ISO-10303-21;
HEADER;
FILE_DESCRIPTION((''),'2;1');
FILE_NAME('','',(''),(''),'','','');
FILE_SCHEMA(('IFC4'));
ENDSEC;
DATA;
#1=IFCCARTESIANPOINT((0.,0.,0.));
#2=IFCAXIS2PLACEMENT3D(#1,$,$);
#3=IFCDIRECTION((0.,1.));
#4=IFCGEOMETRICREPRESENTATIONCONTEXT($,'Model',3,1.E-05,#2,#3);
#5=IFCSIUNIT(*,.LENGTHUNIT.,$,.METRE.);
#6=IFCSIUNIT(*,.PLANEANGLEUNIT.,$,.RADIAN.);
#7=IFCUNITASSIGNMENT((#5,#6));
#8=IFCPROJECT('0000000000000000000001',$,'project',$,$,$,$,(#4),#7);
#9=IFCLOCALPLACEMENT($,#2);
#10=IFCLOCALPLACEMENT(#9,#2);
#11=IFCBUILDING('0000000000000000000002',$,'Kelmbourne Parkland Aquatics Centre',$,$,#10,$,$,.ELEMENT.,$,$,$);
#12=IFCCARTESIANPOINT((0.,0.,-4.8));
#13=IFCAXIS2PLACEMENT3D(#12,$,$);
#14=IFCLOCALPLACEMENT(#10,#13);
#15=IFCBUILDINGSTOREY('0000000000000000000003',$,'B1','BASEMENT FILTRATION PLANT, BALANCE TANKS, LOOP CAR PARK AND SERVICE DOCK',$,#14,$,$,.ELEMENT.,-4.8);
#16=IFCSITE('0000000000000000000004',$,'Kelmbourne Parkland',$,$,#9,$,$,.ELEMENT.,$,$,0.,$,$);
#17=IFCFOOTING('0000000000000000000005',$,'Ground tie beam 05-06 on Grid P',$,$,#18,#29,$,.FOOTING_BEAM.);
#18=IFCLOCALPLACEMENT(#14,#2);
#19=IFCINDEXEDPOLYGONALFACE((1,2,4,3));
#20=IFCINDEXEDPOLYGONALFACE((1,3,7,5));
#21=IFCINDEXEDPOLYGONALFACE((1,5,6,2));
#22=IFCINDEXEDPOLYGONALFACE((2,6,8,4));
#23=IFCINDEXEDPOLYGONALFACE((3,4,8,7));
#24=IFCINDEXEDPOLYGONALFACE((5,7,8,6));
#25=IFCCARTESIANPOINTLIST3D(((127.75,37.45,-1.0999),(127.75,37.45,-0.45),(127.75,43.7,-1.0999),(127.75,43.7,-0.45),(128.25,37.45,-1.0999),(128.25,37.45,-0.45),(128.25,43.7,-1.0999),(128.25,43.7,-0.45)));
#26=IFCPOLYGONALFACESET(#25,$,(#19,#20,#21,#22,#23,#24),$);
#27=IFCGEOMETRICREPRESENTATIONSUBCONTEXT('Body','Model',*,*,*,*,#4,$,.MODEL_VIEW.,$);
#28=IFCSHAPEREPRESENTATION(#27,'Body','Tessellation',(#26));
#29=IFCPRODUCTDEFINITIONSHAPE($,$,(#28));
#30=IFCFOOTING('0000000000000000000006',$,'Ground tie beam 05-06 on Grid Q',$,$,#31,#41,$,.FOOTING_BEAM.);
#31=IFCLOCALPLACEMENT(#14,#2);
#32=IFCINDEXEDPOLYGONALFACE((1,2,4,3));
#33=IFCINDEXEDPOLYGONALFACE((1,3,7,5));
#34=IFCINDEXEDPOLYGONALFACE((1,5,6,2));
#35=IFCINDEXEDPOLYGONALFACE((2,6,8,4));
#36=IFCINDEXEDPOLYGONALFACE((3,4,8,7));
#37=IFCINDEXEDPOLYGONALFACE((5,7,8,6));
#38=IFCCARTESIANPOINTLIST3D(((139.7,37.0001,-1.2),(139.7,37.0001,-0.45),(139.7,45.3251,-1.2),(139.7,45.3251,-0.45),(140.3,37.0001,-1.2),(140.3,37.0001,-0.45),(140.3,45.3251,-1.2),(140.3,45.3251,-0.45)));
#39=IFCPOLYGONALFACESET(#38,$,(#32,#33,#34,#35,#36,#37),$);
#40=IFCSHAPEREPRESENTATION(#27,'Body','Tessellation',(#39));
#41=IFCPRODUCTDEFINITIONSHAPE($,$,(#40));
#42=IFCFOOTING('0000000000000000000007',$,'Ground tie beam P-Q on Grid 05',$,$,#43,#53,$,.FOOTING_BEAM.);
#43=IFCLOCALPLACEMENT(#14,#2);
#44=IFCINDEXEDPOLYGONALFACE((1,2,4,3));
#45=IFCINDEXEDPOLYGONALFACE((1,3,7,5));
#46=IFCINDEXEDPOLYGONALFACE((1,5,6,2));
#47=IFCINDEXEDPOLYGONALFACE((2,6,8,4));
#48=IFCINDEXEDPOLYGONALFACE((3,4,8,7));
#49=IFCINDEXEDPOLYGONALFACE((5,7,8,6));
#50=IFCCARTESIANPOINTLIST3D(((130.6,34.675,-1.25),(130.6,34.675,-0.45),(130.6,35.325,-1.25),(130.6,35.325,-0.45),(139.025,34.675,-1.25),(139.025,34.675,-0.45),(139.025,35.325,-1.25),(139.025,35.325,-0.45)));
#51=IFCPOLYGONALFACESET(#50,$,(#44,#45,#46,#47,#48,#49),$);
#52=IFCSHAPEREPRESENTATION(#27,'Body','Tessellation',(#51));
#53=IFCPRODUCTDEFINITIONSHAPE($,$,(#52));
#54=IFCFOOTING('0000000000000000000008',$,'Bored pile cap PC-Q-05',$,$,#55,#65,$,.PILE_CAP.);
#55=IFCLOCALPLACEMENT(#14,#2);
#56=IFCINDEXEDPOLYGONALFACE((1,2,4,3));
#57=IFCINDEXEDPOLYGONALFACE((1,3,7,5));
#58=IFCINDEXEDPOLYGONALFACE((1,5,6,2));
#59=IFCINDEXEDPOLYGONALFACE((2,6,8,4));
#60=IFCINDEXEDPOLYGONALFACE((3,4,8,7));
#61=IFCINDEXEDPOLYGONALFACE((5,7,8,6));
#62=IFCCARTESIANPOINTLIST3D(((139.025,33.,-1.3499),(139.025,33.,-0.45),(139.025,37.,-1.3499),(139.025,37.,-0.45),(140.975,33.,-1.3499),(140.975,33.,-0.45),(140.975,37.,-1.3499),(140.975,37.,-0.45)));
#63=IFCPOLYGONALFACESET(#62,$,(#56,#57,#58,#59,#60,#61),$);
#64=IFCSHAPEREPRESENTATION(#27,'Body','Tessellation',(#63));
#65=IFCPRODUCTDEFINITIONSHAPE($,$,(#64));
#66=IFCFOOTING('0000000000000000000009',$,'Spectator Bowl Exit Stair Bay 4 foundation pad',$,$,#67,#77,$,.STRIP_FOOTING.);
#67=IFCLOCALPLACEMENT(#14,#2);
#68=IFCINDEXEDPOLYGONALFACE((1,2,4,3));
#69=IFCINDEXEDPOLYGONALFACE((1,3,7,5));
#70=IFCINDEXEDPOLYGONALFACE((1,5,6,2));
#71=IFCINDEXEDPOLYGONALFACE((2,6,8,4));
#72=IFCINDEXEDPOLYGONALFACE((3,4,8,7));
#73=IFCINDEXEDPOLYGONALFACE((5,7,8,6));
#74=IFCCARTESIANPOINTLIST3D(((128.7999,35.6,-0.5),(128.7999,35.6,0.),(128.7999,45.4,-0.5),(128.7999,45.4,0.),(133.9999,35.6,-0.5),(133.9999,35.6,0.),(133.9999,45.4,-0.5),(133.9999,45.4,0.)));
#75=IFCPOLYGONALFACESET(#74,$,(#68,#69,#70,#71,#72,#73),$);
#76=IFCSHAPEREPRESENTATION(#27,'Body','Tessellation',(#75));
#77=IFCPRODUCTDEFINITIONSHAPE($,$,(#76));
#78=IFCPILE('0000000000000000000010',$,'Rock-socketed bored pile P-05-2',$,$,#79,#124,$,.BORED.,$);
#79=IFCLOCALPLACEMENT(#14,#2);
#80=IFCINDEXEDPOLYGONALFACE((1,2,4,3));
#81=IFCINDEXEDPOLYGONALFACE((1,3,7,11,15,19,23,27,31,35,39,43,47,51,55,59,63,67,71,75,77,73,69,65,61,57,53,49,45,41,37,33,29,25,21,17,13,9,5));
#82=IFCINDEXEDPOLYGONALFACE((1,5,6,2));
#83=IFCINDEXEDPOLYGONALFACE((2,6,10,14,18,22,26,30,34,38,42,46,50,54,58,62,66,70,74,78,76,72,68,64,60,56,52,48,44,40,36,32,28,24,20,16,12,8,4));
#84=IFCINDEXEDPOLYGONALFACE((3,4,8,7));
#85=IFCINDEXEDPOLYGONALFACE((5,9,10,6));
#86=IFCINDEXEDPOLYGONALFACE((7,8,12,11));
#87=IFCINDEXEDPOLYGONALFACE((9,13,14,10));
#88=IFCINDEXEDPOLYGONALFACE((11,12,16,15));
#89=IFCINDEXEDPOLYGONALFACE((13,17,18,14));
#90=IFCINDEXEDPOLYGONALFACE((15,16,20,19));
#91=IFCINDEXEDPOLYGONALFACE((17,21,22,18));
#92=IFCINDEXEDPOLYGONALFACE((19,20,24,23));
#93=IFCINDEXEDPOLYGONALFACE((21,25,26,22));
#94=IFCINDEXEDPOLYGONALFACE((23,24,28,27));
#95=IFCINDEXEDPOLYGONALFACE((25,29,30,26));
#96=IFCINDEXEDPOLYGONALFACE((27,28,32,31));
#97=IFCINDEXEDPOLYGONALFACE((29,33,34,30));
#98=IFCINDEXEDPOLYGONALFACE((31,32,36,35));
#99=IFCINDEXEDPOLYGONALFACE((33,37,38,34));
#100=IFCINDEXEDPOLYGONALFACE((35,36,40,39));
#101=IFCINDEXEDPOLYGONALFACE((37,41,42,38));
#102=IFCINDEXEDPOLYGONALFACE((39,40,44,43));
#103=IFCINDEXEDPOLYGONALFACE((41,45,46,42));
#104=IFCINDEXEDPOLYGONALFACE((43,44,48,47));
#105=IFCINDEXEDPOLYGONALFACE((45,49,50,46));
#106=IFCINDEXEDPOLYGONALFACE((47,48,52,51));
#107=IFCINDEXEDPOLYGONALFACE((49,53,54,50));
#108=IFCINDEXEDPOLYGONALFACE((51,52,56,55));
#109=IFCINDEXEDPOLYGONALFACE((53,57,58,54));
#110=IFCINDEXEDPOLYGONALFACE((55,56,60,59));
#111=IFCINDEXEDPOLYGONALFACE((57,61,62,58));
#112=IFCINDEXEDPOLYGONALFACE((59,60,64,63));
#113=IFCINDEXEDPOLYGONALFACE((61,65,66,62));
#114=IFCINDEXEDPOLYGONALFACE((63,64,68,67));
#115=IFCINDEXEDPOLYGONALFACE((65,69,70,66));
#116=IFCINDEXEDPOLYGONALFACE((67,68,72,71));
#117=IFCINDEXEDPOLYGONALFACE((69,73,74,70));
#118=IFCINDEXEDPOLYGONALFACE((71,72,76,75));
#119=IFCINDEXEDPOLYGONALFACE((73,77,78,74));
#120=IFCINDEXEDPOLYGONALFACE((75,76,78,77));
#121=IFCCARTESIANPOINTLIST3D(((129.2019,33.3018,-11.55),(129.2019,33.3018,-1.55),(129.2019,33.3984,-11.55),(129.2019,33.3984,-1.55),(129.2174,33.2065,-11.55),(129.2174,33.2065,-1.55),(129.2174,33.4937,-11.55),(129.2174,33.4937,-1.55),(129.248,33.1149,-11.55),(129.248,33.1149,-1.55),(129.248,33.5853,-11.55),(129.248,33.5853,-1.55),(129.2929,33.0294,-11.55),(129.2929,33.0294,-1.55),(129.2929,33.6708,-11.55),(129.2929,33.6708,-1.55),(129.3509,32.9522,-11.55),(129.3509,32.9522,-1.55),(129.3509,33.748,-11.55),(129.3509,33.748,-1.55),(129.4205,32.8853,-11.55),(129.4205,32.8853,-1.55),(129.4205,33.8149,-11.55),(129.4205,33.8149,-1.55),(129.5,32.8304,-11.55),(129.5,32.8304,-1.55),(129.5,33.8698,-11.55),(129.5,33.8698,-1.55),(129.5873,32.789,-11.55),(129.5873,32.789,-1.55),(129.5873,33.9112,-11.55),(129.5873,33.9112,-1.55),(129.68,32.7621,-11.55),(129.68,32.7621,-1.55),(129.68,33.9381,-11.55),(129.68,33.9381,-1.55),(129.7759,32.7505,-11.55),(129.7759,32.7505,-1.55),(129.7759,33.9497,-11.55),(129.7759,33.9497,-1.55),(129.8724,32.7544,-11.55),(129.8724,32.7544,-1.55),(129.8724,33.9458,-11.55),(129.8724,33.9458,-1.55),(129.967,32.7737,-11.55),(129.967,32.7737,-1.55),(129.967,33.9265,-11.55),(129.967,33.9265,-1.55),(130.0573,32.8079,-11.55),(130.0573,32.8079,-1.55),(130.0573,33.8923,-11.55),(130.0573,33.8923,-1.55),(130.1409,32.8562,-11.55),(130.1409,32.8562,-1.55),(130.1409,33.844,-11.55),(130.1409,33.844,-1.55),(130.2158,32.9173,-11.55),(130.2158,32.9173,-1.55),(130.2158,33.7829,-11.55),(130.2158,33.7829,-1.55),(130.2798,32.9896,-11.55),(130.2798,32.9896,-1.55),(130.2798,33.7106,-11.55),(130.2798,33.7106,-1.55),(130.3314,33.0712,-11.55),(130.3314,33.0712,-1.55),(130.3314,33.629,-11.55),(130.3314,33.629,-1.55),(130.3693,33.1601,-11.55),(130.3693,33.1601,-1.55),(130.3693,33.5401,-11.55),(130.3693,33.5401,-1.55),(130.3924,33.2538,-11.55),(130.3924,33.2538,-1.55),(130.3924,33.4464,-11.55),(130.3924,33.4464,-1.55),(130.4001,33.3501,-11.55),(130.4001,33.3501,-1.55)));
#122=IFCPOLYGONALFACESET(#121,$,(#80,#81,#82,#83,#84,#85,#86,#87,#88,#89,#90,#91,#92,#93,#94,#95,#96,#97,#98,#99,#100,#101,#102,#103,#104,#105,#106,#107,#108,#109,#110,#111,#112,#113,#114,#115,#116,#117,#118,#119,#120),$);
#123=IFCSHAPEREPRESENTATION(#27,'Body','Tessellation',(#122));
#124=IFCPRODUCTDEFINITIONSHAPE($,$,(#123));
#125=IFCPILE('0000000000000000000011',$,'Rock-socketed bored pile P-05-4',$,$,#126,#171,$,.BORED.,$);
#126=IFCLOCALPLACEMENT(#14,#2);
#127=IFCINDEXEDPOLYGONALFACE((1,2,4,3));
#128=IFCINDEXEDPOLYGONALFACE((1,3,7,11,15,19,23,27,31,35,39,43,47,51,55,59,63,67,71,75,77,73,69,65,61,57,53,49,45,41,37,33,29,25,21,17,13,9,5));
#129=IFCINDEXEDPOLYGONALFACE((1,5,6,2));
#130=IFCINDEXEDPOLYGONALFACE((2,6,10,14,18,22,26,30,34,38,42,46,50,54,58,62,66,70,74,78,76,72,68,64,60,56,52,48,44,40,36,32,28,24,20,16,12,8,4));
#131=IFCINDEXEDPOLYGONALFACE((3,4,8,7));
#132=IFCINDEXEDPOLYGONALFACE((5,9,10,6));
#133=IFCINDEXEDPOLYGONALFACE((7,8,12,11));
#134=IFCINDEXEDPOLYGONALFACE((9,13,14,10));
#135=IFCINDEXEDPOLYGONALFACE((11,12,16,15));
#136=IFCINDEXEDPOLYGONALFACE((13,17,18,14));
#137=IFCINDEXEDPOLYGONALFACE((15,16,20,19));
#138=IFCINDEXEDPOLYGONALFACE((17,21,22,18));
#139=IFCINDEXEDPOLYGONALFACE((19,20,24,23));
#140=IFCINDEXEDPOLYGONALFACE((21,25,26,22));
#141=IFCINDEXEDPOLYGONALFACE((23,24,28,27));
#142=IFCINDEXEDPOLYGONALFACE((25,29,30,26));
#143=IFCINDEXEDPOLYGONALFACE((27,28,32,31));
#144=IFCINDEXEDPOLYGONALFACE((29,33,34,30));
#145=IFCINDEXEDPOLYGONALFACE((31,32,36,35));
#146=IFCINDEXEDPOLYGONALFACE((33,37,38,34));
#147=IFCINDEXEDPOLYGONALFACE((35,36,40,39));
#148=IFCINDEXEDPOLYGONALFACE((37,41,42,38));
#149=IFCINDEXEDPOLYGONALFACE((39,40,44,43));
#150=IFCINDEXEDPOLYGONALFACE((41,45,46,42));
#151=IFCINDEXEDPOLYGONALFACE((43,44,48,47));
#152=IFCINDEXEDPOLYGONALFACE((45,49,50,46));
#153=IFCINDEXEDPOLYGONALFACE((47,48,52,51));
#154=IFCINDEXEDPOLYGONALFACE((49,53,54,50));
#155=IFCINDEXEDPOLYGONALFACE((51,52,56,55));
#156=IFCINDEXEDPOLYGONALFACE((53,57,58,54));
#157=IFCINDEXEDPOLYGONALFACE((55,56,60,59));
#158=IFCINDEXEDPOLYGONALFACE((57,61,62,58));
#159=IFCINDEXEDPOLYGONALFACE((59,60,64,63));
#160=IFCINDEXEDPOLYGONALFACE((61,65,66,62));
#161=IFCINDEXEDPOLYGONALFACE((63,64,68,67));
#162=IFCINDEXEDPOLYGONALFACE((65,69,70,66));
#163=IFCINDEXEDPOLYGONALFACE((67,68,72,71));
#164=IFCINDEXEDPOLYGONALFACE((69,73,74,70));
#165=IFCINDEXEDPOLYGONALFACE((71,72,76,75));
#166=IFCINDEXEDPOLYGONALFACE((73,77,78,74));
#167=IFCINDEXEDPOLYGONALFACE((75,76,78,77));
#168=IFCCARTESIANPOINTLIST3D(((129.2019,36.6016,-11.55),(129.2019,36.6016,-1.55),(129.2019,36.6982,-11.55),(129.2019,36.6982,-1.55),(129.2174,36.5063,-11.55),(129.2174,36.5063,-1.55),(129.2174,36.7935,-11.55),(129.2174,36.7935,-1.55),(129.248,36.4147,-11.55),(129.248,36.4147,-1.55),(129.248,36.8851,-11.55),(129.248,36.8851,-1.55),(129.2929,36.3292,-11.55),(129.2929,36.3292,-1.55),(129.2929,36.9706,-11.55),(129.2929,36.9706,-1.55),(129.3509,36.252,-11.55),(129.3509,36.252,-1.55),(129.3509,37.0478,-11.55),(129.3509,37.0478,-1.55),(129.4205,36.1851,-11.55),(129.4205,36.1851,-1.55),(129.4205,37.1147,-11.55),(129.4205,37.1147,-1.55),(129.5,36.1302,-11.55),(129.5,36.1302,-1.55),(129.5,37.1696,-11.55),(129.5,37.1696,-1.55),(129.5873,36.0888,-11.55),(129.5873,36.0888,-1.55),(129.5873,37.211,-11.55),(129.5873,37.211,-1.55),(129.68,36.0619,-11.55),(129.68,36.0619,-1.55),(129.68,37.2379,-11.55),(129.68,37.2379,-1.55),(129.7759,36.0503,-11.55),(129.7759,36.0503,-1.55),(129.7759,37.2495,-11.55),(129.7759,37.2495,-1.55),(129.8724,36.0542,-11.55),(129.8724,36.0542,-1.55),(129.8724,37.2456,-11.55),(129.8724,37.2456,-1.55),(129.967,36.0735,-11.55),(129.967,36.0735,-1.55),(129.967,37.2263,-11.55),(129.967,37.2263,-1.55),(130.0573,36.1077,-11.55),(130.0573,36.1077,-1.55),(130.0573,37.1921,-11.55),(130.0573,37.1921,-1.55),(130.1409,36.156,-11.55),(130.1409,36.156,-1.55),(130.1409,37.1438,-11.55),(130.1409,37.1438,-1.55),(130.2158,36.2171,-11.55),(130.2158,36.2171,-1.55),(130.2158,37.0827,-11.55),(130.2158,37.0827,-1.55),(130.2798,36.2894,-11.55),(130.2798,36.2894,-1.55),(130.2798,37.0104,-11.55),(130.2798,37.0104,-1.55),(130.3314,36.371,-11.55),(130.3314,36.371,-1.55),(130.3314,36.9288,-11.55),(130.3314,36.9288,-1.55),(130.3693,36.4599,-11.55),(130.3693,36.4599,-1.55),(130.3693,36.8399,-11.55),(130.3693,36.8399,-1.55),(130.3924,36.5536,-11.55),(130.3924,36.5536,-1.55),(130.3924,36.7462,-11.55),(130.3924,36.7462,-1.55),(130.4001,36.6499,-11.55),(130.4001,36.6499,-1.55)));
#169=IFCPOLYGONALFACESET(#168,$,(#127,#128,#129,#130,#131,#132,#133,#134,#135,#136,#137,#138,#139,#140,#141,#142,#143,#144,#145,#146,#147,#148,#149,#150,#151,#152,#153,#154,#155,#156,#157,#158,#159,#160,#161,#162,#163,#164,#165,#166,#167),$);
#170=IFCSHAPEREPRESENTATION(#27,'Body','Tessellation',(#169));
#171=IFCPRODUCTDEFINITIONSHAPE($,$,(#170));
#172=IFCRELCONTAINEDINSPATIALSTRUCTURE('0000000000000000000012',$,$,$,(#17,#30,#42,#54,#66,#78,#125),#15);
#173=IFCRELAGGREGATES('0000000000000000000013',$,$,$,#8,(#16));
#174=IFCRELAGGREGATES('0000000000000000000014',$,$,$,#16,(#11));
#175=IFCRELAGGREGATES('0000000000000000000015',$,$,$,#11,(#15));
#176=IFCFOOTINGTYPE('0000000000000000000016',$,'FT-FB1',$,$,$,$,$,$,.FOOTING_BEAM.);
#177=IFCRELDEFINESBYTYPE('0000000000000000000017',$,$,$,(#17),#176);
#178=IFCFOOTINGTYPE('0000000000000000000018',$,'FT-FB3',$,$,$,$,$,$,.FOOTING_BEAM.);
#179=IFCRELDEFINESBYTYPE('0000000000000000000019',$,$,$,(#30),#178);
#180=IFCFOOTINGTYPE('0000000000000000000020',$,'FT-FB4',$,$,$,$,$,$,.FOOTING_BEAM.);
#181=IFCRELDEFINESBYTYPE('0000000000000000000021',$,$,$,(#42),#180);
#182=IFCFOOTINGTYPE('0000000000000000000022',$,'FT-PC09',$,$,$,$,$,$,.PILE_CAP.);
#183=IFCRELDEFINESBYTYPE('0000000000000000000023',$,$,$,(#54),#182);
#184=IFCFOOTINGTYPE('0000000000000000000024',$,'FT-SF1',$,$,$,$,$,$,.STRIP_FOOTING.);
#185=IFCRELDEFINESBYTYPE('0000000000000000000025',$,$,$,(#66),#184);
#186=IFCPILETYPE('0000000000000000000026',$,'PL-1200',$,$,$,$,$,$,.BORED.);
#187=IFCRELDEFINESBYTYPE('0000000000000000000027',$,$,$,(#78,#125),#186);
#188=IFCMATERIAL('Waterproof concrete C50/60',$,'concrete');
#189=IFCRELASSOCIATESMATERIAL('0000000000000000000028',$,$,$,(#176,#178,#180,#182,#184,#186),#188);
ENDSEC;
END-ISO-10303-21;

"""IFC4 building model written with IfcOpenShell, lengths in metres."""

from ifc_helpers import new_model, si_unit, direction, frame, origin, origin_2d, place, context, subcontext, project, spatial, rectangle, circle, extrude, material, material_profile, profile_set, type_object, element, save


model = new_model("IFC4")

# Units and contexts
model_context = context("Model", 3, precision=1e-05, world=origin(), true_north=direction((0.0, 1.0)))
body_context = subcontext(model_context, "Body", "Model", "MODEL_VIEW")
ifc_project = project(units=[si_unit("LENGTHUNIT", "METRE"), si_unit("PLANEANGLEUNIT", "RADIAN")], contexts=[model_context])

# Site, building, storey
site_placement = place(None, origin())
site = spatial("IfcSite", under=ifc_project, at=site_placement, Name="Kelmbourne Parkland", CompositionType="ELEMENT", RefElevation=0.0)
building_placement = place(site_placement, origin())
building = spatial("IfcBuilding", under=site, at=building_placement, Name="Kelmbourne Parkland Aquatics Centre", CompositionType="ELEMENT")
storey_placement = place(building_placement, frame((0.0, 0.0, -4.8)))
storey = spatial("IfcBuildingStorey", under=building, at=storey_placement, Name="B1", Description="BASEMENT FILTRATION PLANT, BALANCE TANKS, LOOP CAR PARK AND SERVICE DOCK", CompositionType="ELEMENT", Elevation=-4.8)

# Footings
ifc_material_1 = material(Name="Waterproof concrete C50/60", Category="concrete")
footing_type_1 = type_object("IfcFootingType", Name="FT-FB1", PredefinedType="FOOTING_BEAM", material=ifc_material_1)
footing_1_placement = place(storey_placement, frame((128.0, 40.575, -1.0999), z_axis=(0.0, 0.0, 1.0), x_axis=(0.0, 1.0, 0.0)))
element("IfcFooting", 1, at=footing_1_placement, inside=storey, type_object=footing_type_1, Name="Ground tie beam 05-06 on Grid P", PredefinedType="FOOTING_BEAM", context=body_context, shape_type="SweptSolid", body=[
    extrude(rectangle(XDim=6.25, YDim=0.5, at=origin_2d()), origin(), (0.0, 0.0, 1.0), 0.6499),
])
footing_type_2 = type_object("IfcFootingType", Name="FT-FB3", PredefinedType="FOOTING_BEAM", material=ifc_material_1)
footing_2_placement = place(storey_placement, frame((140.0, 41.1626, -1.2), z_axis=(0.0, 0.0, 1.0), x_axis=(0.0, 1.0, 0.0)))
element("IfcFooting", 2, at=footing_2_placement, inside=storey, type_object=footing_type_2, Name="Ground tie beam 05-06 on Grid Q", PredefinedType="FOOTING_BEAM", context=body_context, shape_type="SweptSolid", body=[
    extrude(rectangle(XDim=8.325, YDim=0.6001, at=origin_2d()), origin(), (0.0, 0.0, 1.0), 0.75),
])
footing_type_3 = type_object("IfcFootingType", Name="FT-FB4", PredefinedType="FOOTING_BEAM", material=ifc_material_1)
footing_3_placement = place(storey_placement, frame((134.8125, 35.0, -1.25), z_axis=(0.0, 0.0, 1.0), x_axis=(1.0, 0.0, 0.0)))
element("IfcFooting", 3, at=footing_3_placement, inside=storey, type_object=footing_type_3, Name="Ground tie beam P-Q on Grid 05", PredefinedType="FOOTING_BEAM", context=body_context, shape_type="SweptSolid", body=[
    extrude(rectangle(XDim=8.425, YDim=0.6499, at=origin_2d()), origin(), (0.0, 0.0, 1.0), 0.8),
])
footing_type_4 = type_object("IfcFootingType", Name="FT-PC09", PredefinedType="PILE_CAP", material=ifc_material_1)
footing_4_placement = place(storey_placement, frame((140.0, 35.0, -1.3499), z_axis=(0.0, 0.0, 1.0), x_axis=(1.0, 0.0, 0.0)))
element("IfcFooting", 4, at=footing_4_placement, inside=storey, type_object=footing_type_4, Name="Bored pile cap PC-Q-05", PredefinedType="PILE_CAP", context=body_context, shape_type="SweptSolid", body=[
    extrude(rectangle(XDim=1.95, YDim=4.0, at=origin_2d()), origin(), (0.0, 0.0, 1.0), 0.8999),
])
footing_type_5 = type_object("IfcFootingType", Name="FT-SF1", PredefinedType="STRIP_FOOTING", material=ifc_material_1)
footing_5_placement = place(storey_placement, frame((131.3999, 40.5, -0.5), z_axis=(0.0, 0.0, 1.0), x_axis=(1.0, 0.0, 0.0)))
element("IfcFooting", 5, at=footing_5_placement, inside=storey, type_object=footing_type_5, Name="Spectator Bowl Exit Stair Bay 4 foundation pad", PredefinedType="STRIP_FOOTING", context=body_context, shape_type="SweptSolid", body=[
    extrude(rectangle(XDim=5.2, YDim=9.8, at=origin_2d()), origin(), (0.0, 0.0, 1.0), 0.5),
])

# Piles
ifc_material_profile_1 = material_profile(ifc_material_1, circle(Radius=0.6001, at=origin_2d()), Name="PILE D1200")
ifc_profile_set_1 = profile_set([ifc_material_profile_1], Name="Waterproof concrete C50/60")
pile_type_1 = type_object("IfcPileType", Name="PL-1200", PredefinedType="BORED", material=ifc_profile_set_1)
for number, where, z_axis, x_axis, name in (
    (6, (129.8, 33.3501, -1.55), (0.0, 0.0, -1.0), (1.0, 0.0, 0.0), "Rock-socketed bored pile P-05-2"),
    (7, (129.8, 36.6499, -1.55), (0.0, 0.0, -1.0), (1.0, 0.0, 0.0), "Rock-socketed bored pile P-05-4"),
):
    element("IfcPile", number, at=place(storey_placement, frame(where, z_axis=z_axis, x_axis=x_axis)), inside=storey, type_object=pile_type_1, Name=name, PredefinedType="BORED", context=body_context, shape_type="SweptSolid", body=[
        extrude(circle(Radius=0.6001, at=origin_2d()), origin(), (0.0, 0.0, 1.0), 10.0),
    ])

save(model, "model.ifc")
